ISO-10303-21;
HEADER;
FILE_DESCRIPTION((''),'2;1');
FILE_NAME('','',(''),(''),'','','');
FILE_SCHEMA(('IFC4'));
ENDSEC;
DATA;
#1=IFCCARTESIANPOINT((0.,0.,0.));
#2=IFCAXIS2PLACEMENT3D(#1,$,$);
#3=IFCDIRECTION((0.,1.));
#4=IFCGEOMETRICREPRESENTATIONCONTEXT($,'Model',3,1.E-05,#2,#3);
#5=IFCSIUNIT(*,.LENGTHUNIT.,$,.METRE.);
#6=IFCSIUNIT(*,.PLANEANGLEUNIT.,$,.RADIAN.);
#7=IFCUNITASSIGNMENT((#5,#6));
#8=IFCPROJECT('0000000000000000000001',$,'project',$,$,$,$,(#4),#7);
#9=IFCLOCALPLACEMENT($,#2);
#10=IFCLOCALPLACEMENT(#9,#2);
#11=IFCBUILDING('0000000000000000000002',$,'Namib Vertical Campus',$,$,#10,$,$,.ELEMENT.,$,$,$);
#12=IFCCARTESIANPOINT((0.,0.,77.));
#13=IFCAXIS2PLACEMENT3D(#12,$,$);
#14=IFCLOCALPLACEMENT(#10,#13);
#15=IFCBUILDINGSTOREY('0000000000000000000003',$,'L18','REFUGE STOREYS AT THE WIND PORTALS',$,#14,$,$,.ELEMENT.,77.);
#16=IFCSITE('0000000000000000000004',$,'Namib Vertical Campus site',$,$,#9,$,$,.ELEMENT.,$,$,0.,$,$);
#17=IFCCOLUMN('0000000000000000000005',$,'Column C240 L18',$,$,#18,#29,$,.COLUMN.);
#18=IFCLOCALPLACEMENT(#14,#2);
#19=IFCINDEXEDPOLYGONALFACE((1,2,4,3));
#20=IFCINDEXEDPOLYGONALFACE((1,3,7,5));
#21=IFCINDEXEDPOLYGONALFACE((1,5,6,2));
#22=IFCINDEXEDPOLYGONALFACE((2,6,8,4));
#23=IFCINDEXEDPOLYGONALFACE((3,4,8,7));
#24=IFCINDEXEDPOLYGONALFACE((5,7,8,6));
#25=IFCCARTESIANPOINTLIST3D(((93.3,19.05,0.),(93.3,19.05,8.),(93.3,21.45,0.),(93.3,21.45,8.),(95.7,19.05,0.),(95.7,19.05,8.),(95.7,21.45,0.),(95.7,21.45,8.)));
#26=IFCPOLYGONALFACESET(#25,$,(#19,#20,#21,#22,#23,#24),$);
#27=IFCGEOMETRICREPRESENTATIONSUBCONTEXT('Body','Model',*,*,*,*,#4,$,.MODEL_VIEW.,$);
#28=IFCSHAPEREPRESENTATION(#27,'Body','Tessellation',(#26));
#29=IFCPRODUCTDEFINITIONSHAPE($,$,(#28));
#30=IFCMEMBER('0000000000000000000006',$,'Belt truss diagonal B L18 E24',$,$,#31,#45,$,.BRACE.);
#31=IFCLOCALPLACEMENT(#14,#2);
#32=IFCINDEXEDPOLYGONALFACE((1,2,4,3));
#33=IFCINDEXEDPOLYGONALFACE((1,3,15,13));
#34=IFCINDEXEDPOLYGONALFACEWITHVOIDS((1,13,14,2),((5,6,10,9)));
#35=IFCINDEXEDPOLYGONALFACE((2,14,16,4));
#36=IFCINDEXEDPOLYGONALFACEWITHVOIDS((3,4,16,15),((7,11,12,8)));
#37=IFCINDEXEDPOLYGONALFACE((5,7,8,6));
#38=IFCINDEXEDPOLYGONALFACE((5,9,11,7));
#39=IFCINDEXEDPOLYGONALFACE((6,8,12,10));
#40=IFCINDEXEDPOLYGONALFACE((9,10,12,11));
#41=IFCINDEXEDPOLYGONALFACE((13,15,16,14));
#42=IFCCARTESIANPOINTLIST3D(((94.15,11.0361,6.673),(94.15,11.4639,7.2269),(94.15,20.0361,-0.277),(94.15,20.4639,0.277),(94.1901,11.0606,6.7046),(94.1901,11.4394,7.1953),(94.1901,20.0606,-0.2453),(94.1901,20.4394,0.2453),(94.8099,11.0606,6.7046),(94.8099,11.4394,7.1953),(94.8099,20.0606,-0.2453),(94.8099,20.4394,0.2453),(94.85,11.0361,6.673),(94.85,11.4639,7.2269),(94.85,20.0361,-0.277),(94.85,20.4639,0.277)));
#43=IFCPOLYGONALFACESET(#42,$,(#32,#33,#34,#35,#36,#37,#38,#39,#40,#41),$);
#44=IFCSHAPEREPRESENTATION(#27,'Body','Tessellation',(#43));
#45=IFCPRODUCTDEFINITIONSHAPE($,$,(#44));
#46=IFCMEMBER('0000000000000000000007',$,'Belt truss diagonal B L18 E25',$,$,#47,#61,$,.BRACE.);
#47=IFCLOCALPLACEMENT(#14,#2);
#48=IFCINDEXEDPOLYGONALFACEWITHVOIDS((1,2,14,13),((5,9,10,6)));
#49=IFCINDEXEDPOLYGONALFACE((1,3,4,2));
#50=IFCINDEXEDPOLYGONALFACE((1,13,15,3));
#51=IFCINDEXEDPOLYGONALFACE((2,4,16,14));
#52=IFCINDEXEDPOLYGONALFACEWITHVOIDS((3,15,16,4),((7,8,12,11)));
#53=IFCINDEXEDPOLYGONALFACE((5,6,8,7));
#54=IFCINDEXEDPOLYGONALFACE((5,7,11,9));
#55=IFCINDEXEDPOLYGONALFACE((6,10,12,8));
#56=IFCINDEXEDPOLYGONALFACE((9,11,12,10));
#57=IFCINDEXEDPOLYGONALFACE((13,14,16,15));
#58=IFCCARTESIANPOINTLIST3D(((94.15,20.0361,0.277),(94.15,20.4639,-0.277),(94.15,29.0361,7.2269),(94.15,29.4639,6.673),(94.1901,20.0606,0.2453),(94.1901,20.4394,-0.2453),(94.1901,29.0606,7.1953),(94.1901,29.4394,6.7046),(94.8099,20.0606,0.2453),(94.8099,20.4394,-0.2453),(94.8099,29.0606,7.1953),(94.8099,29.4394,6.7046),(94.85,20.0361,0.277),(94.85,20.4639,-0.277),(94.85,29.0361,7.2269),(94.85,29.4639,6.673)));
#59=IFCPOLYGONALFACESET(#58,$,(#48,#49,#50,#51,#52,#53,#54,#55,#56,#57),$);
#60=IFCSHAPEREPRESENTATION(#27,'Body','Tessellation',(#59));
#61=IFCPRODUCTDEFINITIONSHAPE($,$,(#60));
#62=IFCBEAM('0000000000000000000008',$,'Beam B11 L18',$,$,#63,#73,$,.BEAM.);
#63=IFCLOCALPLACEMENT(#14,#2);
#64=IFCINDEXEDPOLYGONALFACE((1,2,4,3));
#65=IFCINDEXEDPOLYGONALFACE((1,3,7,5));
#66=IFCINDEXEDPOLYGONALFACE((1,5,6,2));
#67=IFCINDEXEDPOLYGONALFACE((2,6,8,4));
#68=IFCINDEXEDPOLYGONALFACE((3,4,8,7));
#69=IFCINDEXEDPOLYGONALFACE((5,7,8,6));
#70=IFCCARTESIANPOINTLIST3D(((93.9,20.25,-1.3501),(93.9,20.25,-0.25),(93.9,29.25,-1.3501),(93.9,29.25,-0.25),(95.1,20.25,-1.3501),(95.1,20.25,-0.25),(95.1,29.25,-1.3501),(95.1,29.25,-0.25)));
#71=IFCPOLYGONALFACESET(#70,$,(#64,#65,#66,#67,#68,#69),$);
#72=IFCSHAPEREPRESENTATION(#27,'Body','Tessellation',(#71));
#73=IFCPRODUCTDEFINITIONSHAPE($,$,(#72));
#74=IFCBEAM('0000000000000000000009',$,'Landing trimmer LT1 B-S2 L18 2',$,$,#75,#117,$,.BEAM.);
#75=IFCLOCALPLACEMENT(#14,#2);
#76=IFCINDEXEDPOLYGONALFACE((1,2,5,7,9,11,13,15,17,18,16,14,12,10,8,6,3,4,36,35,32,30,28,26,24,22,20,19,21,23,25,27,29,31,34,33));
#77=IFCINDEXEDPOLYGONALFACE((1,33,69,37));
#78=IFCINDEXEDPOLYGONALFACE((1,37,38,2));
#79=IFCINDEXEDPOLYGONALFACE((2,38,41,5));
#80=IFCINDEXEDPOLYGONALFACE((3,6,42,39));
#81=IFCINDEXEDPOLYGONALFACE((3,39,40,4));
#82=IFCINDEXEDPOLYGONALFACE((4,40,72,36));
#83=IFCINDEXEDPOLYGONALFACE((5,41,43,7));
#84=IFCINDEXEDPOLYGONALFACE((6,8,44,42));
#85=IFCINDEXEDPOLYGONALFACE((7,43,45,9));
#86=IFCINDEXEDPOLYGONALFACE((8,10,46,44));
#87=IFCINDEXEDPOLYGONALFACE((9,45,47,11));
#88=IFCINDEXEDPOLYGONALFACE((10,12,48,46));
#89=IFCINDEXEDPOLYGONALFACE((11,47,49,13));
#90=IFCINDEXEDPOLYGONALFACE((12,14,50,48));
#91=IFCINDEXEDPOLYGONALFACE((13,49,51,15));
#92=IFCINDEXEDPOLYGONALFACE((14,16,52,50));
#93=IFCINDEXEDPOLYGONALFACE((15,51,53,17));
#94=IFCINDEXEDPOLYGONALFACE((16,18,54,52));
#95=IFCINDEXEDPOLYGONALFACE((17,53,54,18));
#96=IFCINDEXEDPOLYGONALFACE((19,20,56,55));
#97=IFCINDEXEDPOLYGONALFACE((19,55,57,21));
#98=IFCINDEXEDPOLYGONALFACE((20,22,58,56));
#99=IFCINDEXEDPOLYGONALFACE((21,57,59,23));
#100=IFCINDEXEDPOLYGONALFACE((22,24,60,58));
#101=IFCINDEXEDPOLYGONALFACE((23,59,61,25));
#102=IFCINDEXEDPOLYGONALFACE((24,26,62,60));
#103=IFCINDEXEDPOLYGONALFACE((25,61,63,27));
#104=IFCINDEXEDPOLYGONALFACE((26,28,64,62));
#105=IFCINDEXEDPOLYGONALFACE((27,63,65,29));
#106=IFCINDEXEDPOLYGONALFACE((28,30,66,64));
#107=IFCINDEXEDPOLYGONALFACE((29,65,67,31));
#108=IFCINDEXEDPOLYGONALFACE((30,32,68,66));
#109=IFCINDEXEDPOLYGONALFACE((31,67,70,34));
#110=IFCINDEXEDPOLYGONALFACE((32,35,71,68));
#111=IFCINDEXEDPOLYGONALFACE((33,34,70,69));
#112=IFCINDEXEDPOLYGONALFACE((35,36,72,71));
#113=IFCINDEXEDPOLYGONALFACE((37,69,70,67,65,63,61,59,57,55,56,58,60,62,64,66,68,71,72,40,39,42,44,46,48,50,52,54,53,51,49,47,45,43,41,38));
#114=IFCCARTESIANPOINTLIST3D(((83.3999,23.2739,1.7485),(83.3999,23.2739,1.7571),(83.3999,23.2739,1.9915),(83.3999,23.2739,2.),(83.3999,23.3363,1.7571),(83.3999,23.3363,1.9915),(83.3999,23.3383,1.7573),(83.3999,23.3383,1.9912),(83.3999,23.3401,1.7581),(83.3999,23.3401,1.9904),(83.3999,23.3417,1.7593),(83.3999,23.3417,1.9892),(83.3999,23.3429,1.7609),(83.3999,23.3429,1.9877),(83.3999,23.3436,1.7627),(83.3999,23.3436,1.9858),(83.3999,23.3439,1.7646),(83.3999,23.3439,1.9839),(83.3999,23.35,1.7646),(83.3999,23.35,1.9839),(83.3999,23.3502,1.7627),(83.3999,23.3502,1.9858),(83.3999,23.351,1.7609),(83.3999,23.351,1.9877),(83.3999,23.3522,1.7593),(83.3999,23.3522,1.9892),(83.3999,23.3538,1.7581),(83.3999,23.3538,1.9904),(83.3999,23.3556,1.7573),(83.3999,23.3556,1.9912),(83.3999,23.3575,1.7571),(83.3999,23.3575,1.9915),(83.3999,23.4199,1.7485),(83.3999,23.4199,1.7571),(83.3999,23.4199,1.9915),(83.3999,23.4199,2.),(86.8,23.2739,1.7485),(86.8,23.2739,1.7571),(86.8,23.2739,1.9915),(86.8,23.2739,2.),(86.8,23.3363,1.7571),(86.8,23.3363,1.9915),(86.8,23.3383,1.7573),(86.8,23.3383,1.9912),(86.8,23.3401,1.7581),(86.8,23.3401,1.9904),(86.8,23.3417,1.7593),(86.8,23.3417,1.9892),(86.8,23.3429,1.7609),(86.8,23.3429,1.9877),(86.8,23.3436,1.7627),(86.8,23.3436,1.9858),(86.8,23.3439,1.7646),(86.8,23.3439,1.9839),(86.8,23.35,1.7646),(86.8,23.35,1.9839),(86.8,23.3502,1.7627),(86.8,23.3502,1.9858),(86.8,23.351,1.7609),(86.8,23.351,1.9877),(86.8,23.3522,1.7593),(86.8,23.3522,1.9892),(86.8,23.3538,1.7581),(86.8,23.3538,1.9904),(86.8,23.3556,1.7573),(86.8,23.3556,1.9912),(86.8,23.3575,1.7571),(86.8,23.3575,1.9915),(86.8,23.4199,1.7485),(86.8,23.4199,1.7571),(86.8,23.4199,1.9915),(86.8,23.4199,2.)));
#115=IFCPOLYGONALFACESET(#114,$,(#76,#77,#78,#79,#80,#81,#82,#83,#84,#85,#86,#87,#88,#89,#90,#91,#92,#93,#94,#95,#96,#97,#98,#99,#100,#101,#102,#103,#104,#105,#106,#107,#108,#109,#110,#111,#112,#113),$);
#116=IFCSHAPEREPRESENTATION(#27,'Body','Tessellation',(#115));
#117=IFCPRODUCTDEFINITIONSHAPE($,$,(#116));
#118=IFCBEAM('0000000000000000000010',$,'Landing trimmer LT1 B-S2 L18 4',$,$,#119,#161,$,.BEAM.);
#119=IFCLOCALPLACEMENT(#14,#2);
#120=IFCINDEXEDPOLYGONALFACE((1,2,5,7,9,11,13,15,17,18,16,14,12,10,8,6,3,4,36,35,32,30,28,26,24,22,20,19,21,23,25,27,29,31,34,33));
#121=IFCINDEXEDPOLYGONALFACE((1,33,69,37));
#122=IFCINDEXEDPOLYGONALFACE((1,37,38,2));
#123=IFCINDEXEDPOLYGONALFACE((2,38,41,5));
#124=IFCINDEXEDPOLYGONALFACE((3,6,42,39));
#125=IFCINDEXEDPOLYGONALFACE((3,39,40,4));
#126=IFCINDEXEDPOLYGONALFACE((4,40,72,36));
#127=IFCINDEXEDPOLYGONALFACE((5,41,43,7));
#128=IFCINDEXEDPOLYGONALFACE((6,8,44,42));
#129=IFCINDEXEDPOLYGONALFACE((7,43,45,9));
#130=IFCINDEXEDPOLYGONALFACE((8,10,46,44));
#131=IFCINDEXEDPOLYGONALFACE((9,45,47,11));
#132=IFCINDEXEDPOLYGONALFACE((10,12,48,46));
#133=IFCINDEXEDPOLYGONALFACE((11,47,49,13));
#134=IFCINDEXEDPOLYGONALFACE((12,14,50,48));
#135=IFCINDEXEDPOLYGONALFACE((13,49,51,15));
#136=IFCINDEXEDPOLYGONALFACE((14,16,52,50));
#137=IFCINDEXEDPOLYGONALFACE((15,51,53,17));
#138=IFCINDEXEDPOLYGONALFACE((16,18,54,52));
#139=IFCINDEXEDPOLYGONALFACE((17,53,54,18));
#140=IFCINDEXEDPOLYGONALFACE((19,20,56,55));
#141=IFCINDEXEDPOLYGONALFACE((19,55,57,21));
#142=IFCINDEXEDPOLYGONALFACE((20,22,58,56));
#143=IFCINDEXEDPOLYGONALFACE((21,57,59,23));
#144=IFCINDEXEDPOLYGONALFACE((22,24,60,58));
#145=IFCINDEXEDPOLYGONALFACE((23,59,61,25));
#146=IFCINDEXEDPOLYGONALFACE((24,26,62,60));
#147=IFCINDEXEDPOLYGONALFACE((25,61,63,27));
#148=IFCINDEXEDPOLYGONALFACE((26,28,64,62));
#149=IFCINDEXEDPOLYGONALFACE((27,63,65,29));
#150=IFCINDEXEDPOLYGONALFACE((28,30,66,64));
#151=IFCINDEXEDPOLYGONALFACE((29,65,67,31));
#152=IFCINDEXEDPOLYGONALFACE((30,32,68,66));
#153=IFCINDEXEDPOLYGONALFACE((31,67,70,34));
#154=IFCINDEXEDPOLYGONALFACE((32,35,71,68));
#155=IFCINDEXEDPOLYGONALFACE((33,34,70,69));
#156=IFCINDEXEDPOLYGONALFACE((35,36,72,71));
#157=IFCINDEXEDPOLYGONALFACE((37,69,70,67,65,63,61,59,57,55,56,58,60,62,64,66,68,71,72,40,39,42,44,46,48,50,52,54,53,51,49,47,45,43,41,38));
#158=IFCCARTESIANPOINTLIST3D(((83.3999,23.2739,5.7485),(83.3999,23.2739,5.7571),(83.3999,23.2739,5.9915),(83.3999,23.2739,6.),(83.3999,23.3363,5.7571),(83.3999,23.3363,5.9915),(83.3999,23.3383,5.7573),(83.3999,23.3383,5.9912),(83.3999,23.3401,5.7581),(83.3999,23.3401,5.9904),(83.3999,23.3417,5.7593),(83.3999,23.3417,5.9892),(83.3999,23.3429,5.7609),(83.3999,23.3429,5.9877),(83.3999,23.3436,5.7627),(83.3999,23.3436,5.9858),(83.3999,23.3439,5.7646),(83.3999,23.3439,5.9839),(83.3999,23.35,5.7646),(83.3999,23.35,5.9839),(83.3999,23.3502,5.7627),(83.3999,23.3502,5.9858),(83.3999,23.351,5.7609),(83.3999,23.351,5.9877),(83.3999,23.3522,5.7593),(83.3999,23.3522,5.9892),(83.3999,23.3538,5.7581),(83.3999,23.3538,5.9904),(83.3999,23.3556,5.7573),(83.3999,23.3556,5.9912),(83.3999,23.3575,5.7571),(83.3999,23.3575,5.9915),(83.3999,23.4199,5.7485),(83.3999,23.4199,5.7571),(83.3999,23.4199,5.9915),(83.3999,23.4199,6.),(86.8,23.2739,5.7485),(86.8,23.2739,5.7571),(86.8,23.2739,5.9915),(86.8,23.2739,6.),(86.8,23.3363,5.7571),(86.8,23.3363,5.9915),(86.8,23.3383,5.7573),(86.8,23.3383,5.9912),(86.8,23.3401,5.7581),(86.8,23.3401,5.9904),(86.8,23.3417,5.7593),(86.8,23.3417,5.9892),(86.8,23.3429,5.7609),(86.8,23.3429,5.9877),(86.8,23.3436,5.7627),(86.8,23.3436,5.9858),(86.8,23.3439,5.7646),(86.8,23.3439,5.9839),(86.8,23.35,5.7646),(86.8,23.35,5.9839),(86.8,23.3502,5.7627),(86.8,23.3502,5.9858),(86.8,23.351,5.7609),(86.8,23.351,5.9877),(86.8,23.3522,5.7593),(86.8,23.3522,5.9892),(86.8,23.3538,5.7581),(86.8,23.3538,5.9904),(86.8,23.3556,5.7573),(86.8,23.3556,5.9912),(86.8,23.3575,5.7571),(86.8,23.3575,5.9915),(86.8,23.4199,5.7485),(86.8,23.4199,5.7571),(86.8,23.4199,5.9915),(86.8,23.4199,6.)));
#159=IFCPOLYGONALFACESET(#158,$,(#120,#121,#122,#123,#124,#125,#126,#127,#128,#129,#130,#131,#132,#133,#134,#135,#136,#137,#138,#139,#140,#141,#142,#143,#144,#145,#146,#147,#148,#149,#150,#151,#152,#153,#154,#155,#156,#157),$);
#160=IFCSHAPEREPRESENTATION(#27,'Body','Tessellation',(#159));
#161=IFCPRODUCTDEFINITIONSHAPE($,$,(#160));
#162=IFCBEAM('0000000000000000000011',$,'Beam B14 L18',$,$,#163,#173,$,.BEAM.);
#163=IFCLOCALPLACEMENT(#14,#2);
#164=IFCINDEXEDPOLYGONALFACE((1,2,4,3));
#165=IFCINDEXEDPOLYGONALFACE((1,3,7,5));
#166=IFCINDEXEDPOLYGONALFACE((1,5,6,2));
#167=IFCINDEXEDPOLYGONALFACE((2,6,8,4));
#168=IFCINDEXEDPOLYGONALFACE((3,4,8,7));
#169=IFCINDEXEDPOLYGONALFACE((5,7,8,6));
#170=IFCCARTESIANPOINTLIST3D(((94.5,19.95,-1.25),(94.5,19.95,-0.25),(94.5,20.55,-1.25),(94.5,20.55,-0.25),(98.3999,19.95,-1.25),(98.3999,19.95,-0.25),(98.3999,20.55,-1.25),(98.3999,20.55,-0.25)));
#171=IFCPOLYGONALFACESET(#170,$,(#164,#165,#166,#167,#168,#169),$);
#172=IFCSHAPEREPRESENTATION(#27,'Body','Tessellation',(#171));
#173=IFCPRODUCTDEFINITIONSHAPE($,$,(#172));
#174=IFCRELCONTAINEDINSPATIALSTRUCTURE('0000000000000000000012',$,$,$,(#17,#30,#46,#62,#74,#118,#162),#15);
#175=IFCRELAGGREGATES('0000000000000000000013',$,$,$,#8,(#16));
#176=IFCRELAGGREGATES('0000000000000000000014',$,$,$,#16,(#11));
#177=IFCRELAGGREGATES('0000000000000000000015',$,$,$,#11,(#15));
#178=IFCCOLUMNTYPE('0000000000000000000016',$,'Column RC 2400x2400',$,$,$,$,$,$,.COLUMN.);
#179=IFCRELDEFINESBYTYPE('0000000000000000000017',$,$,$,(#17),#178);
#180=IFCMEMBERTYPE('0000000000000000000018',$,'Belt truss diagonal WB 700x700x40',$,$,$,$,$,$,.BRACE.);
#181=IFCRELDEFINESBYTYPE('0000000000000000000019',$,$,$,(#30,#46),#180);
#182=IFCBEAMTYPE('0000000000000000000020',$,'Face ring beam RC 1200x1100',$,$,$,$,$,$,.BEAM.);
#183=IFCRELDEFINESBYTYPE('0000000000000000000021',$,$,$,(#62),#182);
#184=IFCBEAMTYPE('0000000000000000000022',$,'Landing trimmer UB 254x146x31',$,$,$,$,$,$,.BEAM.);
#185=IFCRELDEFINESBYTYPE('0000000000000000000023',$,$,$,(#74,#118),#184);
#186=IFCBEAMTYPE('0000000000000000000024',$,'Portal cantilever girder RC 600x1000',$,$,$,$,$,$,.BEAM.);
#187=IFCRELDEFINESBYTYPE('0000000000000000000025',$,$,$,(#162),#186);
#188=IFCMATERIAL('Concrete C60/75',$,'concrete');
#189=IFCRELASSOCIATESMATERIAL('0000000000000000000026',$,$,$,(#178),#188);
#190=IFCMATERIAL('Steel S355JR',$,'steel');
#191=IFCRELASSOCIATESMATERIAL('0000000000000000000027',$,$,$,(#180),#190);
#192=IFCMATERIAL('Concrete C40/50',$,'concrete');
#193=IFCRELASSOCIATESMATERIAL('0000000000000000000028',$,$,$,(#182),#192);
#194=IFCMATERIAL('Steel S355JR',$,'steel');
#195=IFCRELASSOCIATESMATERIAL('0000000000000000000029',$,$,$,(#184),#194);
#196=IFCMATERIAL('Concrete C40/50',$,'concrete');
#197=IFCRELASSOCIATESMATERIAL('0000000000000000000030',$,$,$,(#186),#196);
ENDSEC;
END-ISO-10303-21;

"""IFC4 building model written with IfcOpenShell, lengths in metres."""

from ifc_helpers import new_model, si_unit, direction, frame, origin, origin_2d, place, context, subcontext, project, spatial, rectangle, hollow_rectangle, i_section, extrude, material, material_profile, profile_set, type_object, element, save


model = new_model("IFC4")

# Units and contexts
model_context = context("Model", 3, precision=1e-05, world=origin(), true_north=direction((0.0, 1.0)))
body_context = subcontext(model_context, "Body", "Model", "MODEL_VIEW")
ifc_project = project(units=[si_unit("LENGTHUNIT", "METRE"), si_unit("PLANEANGLEUNIT", "RADIAN")], contexts=[model_context])

# Site, building, storey
site_placement = place(None, origin())
site = spatial("IfcSite", under=ifc_project, at=site_placement, Name="Namib Vertical Campus site", CompositionType="ELEMENT", RefElevation=0.0)
building_placement = place(site_placement, origin())
building = spatial("IfcBuilding", under=site, at=building_placement, Name="Namib Vertical Campus", CompositionType="ELEMENT")
storey_placement = place(building_placement, frame((0.0, 0.0, 77.0)))
storey = spatial("IfcBuildingStorey", under=building, at=storey_placement, Name="L18", Description="REFUGE STOREYS AT THE WIND PORTALS", CompositionType="ELEMENT", Elevation=77.0)

# Column
ifc_material_1 = material(Name="Concrete C60/75", Category="concrete")
ifc_material_profile_1 = material_profile(ifc_material_1, rectangle(XDim=2.3999, YDim=2.3999, at=origin_2d()))
ifc_profile_set_1 = profile_set([ifc_material_profile_1], Name="Concrete C60/75")
column_type = type_object("IfcColumnType", Name="Column RC 2400x2400", PredefinedType="COLUMN", material=ifc_profile_set_1)
column_placement = place(storey_placement, frame((94.5, 20.25, 0.0), z_axis=(0.0, 0.0, 1.0), x_axis=(1.0, 0.0, 0.0)))
element("IfcColumn", 1, at=column_placement, inside=storey, type_object=column_type, Name="Column C240 L18", PredefinedType="COLUMN", context=body_context, shape_type="SweptSolid", body=[
    extrude(rectangle(XDim=2.3999, YDim=2.3999, at=origin_2d()), origin(), (0.0, 0.0, 1.0), 8.0),
])

# Members
ifc_material_2 = material(Name="Steel S355JR", Category="steel")
ifc_material_profile_2 = material_profile(ifc_material_2, hollow_rectangle(XDim=0.7, YDim=0.7, WallThickness=0.04, at=origin_2d()))
ifc_profile_set_2 = profile_set([ifc_material_profile_2], Name="Steel S355JR")
member_type = type_object("IfcMemberType", Name="Belt truss diagonal WB 700x700x40", PredefinedType="BRACE", material=ifc_profile_set_2)
for number, where, z_axis, x_axis, name in (
    (2, (94.5, 20.25, 0.0), (0.0, -0.79148, 0.611194), (1.0, 0.0, 0.0), "Belt truss diagonal B L18 E24"),
    (3, (94.5, 20.25, 0.0), (0.0, 0.79148, 0.611194), (-1.0, 0.0, 0.0), "Belt truss diagonal B L18 E25"),
):
    element("IfcMember", number, at=place(storey_placement, frame(where, z_axis=z_axis, x_axis=x_axis)), inside=storey, type_object=member_type, Name=name, PredefinedType="BRACE", context=body_context, shape_type="SweptSolid", body=[
        extrude(hollow_rectangle(XDim=0.7, YDim=0.7, WallThickness=0.04, at=origin_2d()), origin(), (0.0, 0.0, 1.0), 11.3711),
    ])

# Beams
ifc_material_3 = material(Name="Concrete C40/50", Category="concrete")
ifc_material_profile_3 = material_profile(ifc_material_3, rectangle(XDim=1.2, YDim=1.1001, at=origin_2d()))
ifc_profile_set_3 = profile_set([ifc_material_profile_3], Name="Concrete C40/50")
beam_type_1 = type_object("IfcBeamType", Name="Face ring beam RC 1200x1100", PredefinedType="BEAM", material=ifc_profile_set_3)
beam_1_placement = place(storey_placement, frame((94.5, 20.25, -0.8), z_axis=(0.0, 1.0, 0.0), x_axis=(-1.0, 0.0, 0.0)))
element("IfcBeam", 4, at=beam_1_placement, inside=storey, type_object=beam_type_1, Name="Beam B11 L18", PredefinedType="BEAM", context=body_context, shape_type="SweptSolid", body=[
    extrude(rectangle(XDim=1.2, YDim=1.1001, at=origin_2d()), origin(), (0.0, 0.0, 1.0), 9.0),
])
ifc_material_4 = material(Name="Steel S355JR", Category="steel")
ifc_material_profile_4 = material_profile(ifc_material_4, i_section(OverallWidth=0.146, OverallDepth=0.2515, WebThickness=0.0061, FlangeThickness=0.0085, FilletRadius=0.0076, at=origin_2d()))
ifc_profile_set_4 = profile_set([ifc_material_profile_4], Name="Steel S355JR")
beam_type_2 = type_object("IfcBeamType", Name="Landing trimmer UB 254x146x31", PredefinedType="BEAM", material=ifc_profile_set_4)
for number, where, z_axis, x_axis, name in (
    (5, (83.3999, 23.3469, 1.8743), (1.0, 0.0, 0.0), (0.0, 1.0, 0.0), "Landing trimmer LT1 B-S2 L18 2"),
    (6, (83.3999, 23.3469, 5.8743), (1.0, 0.0, 0.0), (0.0, 1.0, 0.0), "Landing trimmer LT1 B-S2 L18 4"),
):
    element("IfcBeam", number, at=place(storey_placement, frame(where, z_axis=z_axis, x_axis=x_axis)), inside=storey, type_object=beam_type_2, Name=name, PredefinedType="BEAM", context=body_context, shape_type="SweptSolid", body=[
        extrude(i_section(OverallWidth=0.146, OverallDepth=0.2515, WebThickness=0.0061, FlangeThickness=0.0085, FilletRadius=0.0076, at=origin_2d()), origin(), (0.0, 0.0, 1.0), 3.4001),
    ])
ifc_material_5 = material(Name="Concrete C40/50", Category="concrete")
ifc_material_profile_5 = material_profile(ifc_material_5, rectangle(XDim=0.6001, YDim=1.0, at=origin_2d()))
ifc_profile_set_5 = profile_set([ifc_material_profile_5], Name="Concrete C40/50")
beam_type_3 = type_object("IfcBeamType", Name="Portal cantilever girder RC 600x1000", PredefinedType="BEAM", material=ifc_profile_set_5)
beam_2_placement = place(storey_placement, frame((94.5, 20.25, -0.75), z_axis=(1.0, 0.0, 0.0), x_axis=(0.0, 1.0, 0.0)))
element("IfcBeam", 7, at=beam_2_placement, inside=storey, type_object=beam_type_3, Name="Beam B14 L18", PredefinedType="BEAM", context=body_context, shape_type="SweptSolid", body=[
    extrude(rectangle(XDim=0.6001, YDim=1.0, at=origin_2d()), origin(), (0.0, 0.0, 1.0), 3.8999),
])

save(model, "model.ifc")
